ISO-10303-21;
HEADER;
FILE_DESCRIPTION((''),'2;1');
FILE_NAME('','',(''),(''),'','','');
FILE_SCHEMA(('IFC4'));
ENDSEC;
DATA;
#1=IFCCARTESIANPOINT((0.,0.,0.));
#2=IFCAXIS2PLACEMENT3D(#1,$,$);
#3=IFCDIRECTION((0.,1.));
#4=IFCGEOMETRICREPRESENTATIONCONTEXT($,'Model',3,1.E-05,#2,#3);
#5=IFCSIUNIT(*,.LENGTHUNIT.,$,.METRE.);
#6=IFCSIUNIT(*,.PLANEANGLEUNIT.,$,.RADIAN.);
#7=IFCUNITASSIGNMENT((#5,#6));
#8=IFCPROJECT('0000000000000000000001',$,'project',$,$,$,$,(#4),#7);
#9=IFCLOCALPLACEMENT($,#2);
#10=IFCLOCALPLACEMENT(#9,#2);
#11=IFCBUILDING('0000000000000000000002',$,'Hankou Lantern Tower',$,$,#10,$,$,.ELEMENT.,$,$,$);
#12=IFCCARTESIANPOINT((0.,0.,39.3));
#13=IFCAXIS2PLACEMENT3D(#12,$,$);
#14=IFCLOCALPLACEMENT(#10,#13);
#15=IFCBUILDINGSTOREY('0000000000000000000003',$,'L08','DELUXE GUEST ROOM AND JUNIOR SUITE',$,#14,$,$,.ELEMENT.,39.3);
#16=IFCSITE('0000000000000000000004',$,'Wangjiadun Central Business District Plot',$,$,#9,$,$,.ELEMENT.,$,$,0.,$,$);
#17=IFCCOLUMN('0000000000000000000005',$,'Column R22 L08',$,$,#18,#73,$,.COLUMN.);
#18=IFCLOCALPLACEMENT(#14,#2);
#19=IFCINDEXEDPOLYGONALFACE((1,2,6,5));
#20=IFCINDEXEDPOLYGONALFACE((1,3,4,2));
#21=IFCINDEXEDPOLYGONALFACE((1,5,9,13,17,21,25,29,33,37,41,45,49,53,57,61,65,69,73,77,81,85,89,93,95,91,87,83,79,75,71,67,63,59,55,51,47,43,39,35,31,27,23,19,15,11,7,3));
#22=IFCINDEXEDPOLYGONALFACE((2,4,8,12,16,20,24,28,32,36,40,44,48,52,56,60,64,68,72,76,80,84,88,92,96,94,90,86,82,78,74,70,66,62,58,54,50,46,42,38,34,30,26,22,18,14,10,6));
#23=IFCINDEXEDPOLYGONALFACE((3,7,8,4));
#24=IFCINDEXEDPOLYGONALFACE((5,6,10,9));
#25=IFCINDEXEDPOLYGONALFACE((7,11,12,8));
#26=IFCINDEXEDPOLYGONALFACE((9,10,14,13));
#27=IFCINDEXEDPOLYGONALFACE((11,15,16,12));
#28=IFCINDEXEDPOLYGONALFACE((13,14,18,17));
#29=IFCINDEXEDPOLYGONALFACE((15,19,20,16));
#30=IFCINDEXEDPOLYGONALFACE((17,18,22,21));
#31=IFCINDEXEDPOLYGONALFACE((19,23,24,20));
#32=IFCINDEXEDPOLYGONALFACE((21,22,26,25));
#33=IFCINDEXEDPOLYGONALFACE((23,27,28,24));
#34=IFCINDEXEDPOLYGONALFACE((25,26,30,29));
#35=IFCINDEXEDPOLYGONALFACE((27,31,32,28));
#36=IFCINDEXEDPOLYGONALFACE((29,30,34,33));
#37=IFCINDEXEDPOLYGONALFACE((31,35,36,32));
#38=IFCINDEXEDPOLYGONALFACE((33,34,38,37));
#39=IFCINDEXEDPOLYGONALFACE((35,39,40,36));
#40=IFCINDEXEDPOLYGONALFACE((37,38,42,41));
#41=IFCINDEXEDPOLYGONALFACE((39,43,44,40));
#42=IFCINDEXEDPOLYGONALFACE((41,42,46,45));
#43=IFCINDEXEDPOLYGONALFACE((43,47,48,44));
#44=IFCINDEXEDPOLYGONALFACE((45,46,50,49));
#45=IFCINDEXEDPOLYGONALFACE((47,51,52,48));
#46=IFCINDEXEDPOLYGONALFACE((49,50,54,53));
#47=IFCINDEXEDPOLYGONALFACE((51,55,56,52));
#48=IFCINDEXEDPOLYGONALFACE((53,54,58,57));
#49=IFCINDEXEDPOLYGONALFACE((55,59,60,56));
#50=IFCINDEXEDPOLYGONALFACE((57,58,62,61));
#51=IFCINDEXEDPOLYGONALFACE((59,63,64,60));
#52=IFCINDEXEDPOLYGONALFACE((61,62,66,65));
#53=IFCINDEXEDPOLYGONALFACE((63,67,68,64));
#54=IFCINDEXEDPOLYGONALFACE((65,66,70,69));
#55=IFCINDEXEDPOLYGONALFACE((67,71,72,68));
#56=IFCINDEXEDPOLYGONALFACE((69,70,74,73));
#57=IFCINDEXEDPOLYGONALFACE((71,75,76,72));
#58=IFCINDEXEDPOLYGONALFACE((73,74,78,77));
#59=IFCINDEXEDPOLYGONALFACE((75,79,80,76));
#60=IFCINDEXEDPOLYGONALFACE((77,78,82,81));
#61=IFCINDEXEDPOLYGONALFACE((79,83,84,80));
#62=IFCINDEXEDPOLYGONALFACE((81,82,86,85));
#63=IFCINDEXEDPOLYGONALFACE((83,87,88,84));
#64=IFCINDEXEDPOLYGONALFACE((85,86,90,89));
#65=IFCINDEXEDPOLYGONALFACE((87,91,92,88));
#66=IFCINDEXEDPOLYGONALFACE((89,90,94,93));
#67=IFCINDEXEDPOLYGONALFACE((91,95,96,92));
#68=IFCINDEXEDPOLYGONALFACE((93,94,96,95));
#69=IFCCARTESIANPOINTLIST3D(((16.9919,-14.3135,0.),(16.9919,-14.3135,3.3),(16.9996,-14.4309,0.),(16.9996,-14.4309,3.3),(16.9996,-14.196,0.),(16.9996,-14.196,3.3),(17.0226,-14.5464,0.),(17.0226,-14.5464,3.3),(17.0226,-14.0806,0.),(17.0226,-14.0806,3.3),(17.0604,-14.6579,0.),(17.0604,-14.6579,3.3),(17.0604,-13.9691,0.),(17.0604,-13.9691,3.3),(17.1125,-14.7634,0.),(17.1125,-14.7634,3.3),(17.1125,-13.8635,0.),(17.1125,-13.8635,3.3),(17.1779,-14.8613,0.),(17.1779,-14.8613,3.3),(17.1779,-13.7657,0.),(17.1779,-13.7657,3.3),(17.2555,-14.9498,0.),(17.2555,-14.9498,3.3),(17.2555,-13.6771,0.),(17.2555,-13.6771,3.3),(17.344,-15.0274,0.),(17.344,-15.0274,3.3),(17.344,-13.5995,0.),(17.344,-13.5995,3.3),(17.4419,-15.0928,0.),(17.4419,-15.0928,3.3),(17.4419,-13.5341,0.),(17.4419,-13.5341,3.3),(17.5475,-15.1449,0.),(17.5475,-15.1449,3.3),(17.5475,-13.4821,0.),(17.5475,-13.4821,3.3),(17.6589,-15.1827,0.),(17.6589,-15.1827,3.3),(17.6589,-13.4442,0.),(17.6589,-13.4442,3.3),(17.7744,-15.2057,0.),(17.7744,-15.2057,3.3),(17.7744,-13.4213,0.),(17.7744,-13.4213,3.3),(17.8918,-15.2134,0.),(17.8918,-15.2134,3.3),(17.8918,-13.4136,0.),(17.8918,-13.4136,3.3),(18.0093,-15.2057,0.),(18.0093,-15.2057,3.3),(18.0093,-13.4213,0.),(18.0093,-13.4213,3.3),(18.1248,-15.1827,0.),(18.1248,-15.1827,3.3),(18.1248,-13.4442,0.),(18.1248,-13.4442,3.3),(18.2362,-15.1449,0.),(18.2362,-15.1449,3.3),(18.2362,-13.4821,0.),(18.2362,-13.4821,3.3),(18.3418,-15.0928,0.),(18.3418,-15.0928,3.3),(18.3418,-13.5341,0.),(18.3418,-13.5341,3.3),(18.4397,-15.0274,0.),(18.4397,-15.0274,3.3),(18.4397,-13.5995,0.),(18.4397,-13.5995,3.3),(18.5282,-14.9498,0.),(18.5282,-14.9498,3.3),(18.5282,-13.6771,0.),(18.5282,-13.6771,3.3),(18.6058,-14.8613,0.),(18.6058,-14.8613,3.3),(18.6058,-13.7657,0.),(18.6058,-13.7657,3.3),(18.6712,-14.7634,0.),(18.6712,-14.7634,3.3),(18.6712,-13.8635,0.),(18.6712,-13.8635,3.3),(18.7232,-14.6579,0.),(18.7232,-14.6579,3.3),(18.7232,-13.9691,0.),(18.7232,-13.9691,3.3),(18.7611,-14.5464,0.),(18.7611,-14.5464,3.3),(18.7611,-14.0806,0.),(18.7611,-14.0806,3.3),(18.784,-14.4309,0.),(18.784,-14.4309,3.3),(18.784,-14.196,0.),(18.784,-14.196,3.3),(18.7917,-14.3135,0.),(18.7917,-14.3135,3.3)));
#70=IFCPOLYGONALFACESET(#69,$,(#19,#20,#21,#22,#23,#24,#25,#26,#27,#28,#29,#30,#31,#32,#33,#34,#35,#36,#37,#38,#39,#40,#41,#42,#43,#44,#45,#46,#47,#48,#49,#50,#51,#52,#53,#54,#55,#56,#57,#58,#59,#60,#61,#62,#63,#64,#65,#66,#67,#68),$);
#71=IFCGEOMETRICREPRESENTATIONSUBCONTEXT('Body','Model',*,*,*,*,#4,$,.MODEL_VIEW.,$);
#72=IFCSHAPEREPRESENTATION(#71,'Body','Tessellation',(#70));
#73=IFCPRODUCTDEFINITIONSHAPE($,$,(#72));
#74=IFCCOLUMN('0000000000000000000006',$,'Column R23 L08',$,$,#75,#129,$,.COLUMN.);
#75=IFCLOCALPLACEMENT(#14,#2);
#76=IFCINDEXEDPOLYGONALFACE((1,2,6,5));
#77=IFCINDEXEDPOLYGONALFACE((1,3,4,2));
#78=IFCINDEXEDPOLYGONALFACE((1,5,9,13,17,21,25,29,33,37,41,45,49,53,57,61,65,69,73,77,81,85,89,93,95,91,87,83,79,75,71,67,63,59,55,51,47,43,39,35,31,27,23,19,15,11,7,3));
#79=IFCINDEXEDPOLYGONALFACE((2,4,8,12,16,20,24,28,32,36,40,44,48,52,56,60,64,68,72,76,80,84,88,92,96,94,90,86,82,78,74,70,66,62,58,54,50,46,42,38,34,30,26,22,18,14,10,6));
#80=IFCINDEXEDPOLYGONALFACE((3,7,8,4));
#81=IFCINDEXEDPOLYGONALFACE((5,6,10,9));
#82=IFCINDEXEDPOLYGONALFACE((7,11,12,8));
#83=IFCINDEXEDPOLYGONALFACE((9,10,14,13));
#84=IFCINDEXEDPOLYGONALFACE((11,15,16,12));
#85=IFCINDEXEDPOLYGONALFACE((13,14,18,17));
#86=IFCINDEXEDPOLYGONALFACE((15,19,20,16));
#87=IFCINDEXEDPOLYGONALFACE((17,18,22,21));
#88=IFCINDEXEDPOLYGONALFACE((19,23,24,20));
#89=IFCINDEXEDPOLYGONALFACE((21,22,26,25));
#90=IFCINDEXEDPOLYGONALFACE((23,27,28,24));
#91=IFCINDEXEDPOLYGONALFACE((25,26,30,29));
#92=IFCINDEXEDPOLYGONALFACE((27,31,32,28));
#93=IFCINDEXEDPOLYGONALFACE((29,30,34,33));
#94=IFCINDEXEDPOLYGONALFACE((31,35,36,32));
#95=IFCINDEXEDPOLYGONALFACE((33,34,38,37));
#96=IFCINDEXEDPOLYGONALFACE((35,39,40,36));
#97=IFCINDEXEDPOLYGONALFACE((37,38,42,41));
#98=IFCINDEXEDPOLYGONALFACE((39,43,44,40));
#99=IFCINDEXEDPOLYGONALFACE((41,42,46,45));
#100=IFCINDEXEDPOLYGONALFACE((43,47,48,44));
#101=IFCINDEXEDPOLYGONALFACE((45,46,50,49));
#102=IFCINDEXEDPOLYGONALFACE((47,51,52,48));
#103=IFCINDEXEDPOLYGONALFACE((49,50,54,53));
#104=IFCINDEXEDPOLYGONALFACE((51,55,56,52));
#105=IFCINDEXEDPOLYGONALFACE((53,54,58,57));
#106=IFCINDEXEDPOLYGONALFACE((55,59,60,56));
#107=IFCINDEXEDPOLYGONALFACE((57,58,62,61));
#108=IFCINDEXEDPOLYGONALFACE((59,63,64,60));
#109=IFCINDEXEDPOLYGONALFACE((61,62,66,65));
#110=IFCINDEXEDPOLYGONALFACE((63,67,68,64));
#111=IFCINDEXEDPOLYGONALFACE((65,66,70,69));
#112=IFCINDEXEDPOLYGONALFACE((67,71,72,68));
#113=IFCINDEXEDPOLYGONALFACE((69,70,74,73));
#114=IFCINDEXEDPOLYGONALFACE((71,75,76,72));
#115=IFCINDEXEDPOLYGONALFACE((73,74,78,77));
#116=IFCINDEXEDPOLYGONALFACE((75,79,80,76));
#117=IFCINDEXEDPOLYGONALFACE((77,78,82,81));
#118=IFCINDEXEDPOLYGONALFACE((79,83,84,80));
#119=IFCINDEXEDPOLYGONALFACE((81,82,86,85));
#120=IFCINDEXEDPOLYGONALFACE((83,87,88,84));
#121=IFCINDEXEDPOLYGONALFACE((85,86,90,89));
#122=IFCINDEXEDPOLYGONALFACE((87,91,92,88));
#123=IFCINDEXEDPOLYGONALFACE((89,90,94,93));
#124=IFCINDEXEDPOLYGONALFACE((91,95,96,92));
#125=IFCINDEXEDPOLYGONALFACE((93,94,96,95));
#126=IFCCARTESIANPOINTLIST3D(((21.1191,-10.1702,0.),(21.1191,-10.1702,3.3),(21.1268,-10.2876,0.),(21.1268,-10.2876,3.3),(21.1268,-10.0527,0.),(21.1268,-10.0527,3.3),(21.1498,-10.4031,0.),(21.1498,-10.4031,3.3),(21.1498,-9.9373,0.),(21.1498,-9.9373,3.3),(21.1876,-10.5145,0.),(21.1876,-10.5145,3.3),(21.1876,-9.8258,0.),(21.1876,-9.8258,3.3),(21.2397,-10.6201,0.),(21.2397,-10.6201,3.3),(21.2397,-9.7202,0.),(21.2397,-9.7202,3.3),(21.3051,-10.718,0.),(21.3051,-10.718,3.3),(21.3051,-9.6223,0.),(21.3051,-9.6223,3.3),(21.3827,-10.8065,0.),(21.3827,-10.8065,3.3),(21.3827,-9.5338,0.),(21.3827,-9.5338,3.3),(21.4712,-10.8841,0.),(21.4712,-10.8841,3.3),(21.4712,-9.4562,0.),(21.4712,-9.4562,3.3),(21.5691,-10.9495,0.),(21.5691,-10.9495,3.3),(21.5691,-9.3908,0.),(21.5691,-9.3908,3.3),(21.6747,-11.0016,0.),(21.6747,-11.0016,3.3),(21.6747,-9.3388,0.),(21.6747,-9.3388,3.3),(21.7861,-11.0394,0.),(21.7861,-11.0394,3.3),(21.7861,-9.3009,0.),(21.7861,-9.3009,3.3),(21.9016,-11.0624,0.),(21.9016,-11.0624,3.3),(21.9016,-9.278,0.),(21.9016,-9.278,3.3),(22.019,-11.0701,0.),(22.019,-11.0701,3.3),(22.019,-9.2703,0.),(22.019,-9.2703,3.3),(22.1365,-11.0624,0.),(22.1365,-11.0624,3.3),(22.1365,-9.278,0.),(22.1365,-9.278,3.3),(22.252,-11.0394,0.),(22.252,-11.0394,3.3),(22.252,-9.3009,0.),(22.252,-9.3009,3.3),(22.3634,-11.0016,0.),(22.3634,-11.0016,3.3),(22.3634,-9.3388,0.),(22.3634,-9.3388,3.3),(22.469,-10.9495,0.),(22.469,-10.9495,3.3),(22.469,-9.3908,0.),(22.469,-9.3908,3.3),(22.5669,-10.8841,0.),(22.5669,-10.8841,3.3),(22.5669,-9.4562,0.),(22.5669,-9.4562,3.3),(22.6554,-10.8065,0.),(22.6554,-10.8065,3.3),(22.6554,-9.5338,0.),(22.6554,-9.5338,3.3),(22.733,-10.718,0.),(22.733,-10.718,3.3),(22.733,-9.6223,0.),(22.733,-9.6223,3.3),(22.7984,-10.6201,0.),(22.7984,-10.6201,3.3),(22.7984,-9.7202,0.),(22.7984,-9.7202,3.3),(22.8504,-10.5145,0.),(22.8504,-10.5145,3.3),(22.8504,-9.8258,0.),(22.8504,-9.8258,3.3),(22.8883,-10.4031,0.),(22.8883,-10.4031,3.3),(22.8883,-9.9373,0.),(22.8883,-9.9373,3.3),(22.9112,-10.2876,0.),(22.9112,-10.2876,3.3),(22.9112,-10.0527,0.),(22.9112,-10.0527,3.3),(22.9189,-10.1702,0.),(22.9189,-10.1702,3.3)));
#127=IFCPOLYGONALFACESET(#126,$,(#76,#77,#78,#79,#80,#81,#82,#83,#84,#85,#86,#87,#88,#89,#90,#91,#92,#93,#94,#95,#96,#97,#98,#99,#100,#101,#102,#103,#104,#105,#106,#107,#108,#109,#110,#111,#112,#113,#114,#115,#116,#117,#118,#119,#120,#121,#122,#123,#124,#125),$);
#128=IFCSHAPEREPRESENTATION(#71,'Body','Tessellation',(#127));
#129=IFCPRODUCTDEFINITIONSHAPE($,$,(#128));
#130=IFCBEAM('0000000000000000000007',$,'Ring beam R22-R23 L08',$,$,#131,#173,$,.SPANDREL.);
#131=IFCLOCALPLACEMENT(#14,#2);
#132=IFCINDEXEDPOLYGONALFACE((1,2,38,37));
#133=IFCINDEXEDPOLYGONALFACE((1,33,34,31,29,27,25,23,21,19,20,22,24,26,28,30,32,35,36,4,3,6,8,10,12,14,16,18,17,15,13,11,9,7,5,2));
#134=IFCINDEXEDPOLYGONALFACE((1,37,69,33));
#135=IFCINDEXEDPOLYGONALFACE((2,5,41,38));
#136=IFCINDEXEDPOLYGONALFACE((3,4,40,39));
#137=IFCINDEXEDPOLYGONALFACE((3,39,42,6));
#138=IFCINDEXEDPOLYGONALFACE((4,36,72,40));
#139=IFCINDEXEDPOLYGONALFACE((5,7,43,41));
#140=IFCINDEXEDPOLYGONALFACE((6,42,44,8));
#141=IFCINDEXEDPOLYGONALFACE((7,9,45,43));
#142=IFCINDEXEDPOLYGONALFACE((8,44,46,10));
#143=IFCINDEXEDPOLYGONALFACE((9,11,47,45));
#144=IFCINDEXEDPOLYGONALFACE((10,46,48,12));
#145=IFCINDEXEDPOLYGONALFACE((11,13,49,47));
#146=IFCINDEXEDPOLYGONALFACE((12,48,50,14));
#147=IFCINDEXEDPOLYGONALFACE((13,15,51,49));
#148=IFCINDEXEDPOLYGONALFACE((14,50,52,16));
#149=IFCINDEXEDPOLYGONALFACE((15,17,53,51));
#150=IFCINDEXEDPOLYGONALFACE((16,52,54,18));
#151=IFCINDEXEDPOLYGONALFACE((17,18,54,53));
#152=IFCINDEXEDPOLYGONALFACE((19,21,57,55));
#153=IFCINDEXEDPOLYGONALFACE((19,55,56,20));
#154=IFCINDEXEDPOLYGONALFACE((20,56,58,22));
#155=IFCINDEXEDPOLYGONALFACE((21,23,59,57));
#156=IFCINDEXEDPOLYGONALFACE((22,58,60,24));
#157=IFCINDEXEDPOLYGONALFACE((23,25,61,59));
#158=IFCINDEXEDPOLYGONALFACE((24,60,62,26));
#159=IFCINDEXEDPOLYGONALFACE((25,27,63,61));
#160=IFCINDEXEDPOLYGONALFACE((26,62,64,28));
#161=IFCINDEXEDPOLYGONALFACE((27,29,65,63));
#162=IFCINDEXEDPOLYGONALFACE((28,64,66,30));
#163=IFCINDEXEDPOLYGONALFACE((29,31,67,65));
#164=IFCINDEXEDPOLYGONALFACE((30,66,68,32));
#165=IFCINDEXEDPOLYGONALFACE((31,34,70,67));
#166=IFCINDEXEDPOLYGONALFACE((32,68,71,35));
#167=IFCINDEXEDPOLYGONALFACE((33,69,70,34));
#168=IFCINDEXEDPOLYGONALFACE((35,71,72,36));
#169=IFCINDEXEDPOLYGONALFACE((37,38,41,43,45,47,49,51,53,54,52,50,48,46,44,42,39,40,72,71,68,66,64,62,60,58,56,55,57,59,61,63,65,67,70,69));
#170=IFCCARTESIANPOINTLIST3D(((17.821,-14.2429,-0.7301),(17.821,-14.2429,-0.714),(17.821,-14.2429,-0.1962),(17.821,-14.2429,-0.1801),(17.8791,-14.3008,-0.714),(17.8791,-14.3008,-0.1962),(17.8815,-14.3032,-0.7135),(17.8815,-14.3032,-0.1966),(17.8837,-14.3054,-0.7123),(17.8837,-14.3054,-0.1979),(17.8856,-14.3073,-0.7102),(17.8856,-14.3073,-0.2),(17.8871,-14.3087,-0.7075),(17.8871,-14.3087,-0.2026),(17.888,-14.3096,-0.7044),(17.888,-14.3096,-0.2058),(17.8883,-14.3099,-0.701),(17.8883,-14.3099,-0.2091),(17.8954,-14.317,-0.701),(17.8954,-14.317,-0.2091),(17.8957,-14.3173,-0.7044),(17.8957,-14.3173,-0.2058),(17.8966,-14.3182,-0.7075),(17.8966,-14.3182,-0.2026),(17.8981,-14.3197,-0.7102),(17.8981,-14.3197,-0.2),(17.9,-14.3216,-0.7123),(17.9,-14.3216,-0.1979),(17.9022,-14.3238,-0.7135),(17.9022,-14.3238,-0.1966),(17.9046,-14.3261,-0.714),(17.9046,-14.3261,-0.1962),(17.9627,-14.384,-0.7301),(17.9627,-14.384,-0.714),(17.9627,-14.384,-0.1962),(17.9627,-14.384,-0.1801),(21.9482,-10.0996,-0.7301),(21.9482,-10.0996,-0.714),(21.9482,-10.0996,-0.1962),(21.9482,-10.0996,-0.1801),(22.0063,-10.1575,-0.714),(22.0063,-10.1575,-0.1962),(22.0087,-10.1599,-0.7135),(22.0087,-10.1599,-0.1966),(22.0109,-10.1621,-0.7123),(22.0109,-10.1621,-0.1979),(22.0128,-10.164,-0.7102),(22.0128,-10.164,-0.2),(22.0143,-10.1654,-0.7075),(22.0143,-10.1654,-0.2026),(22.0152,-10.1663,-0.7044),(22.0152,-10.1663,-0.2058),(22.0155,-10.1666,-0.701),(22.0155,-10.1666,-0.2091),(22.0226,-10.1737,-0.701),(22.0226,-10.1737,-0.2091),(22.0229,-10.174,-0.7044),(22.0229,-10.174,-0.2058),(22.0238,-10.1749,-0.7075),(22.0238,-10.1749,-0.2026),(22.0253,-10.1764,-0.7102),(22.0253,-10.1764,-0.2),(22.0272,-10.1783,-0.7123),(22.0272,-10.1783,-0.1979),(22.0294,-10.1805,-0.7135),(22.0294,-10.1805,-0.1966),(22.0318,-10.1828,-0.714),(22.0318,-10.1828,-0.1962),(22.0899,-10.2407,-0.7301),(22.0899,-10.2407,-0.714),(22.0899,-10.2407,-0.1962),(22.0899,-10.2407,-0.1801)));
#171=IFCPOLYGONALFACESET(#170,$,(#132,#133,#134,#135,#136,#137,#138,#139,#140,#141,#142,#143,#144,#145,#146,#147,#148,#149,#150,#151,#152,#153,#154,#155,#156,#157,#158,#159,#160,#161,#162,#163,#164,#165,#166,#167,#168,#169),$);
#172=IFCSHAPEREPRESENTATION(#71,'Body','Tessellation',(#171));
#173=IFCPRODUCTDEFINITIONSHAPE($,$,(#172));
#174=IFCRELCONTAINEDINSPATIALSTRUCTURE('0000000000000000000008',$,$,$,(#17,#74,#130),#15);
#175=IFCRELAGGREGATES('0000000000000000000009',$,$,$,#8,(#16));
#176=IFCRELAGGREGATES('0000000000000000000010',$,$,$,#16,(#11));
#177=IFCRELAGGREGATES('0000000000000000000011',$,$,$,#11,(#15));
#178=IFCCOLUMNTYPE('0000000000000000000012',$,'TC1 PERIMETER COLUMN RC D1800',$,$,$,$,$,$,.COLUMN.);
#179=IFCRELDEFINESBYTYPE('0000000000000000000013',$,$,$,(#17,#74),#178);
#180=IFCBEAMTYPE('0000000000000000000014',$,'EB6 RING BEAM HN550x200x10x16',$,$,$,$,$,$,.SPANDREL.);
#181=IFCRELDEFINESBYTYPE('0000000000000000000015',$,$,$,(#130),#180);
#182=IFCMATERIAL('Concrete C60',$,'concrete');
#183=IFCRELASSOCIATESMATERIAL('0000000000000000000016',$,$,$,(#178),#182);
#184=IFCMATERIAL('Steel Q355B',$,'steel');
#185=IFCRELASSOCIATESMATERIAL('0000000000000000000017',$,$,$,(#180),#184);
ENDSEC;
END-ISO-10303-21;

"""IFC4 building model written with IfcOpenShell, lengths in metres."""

from ifc_helpers import new_model, si_unit, direction, frame, origin, origin_2d, place, context, subcontext, project, spatial, circle, i_section, extrude, material, material_profile, profile_set, type_object, element, save


model = new_model("IFC4")

# Units and contexts
model_context = context("Model", 3, precision=1e-05, world=origin(), true_north=direction((0.0, 1.0)))
body_context = subcontext(model_context, "Body", "Model", "MODEL_VIEW")
ifc_project = project(units=[si_unit("LENGTHUNIT", "METRE"), si_unit("PLANEANGLEUNIT", "RADIAN")], contexts=[model_context])

# Site, building, storey
site_placement = place(None, origin())
site = spatial("IfcSite", under=ifc_project, at=site_placement, Name="Wangjiadun Central Business District Plot", CompositionType="ELEMENT", RefElevation=0.0)
building_placement = place(site_placement, origin())
building = spatial("IfcBuilding", under=site, at=building_placement, Name="Hankou Lantern Tower", CompositionType="ELEMENT")
storey_placement = place(building_placement, frame((0.0, 0.0, 39.3)))
storey = spatial("IfcBuildingStorey", under=building, at=storey_placement, Name="L08", Description="DELUXE GUEST ROOM AND JUNIOR SUITE", CompositionType="ELEMENT", Elevation=39.3)

# Columns
ifc_material_1 = material(Name="Concrete C60", Category="concrete")
ifc_material_profile_1 = material_profile(ifc_material_1, circle(Radius=0.8999, at=origin_2d()), Name="RC D1800")
ifc_profile_set_1 = profile_set([ifc_material_profile_1], Name="Concrete C60")
column_type = type_object("IfcColumnType", Name="TC1 PERIMETER COLUMN RC D1800", PredefinedType="COLUMN", material=ifc_profile_set_1)
for number, where, z_axis, x_axis, name in (
    (1, (17.8918, -14.3135, 0.0), (0.0, 0.0, 1.0), (1.0, 0.0, 0.0), "Column R22 L08"),
    (2, (22.019, -10.1702, 0.0), (0.0, 0.0, 1.0), (1.0, 0.0, 0.0), "Column R23 L08"),
):
    element("IfcColumn", number, at=place(storey_placement, frame(where, z_axis=z_axis, x_axis=x_axis)), inside=storey, type_object=column_type, Name=name, PredefinedType="COLUMN", context=body_context, shape_type="SweptSolid", body=[
        extrude(circle(Radius=0.8999, at=origin_2d()), origin(), (0.0, 0.0, 1.0), 3.3),
    ])

# Beam
ifc_material_2 = material(Name="Steel Q355B", Category="steel")
ifc_material_profile_2 = material_profile(ifc_material_2, i_section(OverallWidth=0.2, OverallDepth=0.55, WebThickness=0.01, FlangeThickness=0.0161, FilletRadius=0.0129, at=origin_2d()), Name="HN550x200x10x16")
ifc_profile_set_2 = profile_set([ifc_material_profile_2], Name="Steel Q355B")
beam_type = type_object("IfcBeamType", Name="EB6 RING BEAM HN550x200x10x16", PredefinedType="SPANDREL", material=ifc_profile_set_2)
beam_1_placement = place(storey_placement, frame((17.8918, -14.3135, -0.4551), z_axis=(0.705728, 0.708483, 0.0), x_axis=(-0.708483, 0.705728, 0.0)))
element("IfcBeam", 3, at=beam_1_placement, inside=storey, type_object=beam_type, Name="Ring beam R22-R23 L08", PredefinedType="SPANDREL", context=body_context, shape_type="SweptSolid", body=[
    extrude(i_section(OverallWidth=0.2, OverallDepth=0.55, WebThickness=0.01, FlangeThickness=0.0161, FilletRadius=0.0129, at=origin_2d()), origin(), (0.0, 0.0, 1.0), 5.8481),
])

save(model, "model.ifc")
